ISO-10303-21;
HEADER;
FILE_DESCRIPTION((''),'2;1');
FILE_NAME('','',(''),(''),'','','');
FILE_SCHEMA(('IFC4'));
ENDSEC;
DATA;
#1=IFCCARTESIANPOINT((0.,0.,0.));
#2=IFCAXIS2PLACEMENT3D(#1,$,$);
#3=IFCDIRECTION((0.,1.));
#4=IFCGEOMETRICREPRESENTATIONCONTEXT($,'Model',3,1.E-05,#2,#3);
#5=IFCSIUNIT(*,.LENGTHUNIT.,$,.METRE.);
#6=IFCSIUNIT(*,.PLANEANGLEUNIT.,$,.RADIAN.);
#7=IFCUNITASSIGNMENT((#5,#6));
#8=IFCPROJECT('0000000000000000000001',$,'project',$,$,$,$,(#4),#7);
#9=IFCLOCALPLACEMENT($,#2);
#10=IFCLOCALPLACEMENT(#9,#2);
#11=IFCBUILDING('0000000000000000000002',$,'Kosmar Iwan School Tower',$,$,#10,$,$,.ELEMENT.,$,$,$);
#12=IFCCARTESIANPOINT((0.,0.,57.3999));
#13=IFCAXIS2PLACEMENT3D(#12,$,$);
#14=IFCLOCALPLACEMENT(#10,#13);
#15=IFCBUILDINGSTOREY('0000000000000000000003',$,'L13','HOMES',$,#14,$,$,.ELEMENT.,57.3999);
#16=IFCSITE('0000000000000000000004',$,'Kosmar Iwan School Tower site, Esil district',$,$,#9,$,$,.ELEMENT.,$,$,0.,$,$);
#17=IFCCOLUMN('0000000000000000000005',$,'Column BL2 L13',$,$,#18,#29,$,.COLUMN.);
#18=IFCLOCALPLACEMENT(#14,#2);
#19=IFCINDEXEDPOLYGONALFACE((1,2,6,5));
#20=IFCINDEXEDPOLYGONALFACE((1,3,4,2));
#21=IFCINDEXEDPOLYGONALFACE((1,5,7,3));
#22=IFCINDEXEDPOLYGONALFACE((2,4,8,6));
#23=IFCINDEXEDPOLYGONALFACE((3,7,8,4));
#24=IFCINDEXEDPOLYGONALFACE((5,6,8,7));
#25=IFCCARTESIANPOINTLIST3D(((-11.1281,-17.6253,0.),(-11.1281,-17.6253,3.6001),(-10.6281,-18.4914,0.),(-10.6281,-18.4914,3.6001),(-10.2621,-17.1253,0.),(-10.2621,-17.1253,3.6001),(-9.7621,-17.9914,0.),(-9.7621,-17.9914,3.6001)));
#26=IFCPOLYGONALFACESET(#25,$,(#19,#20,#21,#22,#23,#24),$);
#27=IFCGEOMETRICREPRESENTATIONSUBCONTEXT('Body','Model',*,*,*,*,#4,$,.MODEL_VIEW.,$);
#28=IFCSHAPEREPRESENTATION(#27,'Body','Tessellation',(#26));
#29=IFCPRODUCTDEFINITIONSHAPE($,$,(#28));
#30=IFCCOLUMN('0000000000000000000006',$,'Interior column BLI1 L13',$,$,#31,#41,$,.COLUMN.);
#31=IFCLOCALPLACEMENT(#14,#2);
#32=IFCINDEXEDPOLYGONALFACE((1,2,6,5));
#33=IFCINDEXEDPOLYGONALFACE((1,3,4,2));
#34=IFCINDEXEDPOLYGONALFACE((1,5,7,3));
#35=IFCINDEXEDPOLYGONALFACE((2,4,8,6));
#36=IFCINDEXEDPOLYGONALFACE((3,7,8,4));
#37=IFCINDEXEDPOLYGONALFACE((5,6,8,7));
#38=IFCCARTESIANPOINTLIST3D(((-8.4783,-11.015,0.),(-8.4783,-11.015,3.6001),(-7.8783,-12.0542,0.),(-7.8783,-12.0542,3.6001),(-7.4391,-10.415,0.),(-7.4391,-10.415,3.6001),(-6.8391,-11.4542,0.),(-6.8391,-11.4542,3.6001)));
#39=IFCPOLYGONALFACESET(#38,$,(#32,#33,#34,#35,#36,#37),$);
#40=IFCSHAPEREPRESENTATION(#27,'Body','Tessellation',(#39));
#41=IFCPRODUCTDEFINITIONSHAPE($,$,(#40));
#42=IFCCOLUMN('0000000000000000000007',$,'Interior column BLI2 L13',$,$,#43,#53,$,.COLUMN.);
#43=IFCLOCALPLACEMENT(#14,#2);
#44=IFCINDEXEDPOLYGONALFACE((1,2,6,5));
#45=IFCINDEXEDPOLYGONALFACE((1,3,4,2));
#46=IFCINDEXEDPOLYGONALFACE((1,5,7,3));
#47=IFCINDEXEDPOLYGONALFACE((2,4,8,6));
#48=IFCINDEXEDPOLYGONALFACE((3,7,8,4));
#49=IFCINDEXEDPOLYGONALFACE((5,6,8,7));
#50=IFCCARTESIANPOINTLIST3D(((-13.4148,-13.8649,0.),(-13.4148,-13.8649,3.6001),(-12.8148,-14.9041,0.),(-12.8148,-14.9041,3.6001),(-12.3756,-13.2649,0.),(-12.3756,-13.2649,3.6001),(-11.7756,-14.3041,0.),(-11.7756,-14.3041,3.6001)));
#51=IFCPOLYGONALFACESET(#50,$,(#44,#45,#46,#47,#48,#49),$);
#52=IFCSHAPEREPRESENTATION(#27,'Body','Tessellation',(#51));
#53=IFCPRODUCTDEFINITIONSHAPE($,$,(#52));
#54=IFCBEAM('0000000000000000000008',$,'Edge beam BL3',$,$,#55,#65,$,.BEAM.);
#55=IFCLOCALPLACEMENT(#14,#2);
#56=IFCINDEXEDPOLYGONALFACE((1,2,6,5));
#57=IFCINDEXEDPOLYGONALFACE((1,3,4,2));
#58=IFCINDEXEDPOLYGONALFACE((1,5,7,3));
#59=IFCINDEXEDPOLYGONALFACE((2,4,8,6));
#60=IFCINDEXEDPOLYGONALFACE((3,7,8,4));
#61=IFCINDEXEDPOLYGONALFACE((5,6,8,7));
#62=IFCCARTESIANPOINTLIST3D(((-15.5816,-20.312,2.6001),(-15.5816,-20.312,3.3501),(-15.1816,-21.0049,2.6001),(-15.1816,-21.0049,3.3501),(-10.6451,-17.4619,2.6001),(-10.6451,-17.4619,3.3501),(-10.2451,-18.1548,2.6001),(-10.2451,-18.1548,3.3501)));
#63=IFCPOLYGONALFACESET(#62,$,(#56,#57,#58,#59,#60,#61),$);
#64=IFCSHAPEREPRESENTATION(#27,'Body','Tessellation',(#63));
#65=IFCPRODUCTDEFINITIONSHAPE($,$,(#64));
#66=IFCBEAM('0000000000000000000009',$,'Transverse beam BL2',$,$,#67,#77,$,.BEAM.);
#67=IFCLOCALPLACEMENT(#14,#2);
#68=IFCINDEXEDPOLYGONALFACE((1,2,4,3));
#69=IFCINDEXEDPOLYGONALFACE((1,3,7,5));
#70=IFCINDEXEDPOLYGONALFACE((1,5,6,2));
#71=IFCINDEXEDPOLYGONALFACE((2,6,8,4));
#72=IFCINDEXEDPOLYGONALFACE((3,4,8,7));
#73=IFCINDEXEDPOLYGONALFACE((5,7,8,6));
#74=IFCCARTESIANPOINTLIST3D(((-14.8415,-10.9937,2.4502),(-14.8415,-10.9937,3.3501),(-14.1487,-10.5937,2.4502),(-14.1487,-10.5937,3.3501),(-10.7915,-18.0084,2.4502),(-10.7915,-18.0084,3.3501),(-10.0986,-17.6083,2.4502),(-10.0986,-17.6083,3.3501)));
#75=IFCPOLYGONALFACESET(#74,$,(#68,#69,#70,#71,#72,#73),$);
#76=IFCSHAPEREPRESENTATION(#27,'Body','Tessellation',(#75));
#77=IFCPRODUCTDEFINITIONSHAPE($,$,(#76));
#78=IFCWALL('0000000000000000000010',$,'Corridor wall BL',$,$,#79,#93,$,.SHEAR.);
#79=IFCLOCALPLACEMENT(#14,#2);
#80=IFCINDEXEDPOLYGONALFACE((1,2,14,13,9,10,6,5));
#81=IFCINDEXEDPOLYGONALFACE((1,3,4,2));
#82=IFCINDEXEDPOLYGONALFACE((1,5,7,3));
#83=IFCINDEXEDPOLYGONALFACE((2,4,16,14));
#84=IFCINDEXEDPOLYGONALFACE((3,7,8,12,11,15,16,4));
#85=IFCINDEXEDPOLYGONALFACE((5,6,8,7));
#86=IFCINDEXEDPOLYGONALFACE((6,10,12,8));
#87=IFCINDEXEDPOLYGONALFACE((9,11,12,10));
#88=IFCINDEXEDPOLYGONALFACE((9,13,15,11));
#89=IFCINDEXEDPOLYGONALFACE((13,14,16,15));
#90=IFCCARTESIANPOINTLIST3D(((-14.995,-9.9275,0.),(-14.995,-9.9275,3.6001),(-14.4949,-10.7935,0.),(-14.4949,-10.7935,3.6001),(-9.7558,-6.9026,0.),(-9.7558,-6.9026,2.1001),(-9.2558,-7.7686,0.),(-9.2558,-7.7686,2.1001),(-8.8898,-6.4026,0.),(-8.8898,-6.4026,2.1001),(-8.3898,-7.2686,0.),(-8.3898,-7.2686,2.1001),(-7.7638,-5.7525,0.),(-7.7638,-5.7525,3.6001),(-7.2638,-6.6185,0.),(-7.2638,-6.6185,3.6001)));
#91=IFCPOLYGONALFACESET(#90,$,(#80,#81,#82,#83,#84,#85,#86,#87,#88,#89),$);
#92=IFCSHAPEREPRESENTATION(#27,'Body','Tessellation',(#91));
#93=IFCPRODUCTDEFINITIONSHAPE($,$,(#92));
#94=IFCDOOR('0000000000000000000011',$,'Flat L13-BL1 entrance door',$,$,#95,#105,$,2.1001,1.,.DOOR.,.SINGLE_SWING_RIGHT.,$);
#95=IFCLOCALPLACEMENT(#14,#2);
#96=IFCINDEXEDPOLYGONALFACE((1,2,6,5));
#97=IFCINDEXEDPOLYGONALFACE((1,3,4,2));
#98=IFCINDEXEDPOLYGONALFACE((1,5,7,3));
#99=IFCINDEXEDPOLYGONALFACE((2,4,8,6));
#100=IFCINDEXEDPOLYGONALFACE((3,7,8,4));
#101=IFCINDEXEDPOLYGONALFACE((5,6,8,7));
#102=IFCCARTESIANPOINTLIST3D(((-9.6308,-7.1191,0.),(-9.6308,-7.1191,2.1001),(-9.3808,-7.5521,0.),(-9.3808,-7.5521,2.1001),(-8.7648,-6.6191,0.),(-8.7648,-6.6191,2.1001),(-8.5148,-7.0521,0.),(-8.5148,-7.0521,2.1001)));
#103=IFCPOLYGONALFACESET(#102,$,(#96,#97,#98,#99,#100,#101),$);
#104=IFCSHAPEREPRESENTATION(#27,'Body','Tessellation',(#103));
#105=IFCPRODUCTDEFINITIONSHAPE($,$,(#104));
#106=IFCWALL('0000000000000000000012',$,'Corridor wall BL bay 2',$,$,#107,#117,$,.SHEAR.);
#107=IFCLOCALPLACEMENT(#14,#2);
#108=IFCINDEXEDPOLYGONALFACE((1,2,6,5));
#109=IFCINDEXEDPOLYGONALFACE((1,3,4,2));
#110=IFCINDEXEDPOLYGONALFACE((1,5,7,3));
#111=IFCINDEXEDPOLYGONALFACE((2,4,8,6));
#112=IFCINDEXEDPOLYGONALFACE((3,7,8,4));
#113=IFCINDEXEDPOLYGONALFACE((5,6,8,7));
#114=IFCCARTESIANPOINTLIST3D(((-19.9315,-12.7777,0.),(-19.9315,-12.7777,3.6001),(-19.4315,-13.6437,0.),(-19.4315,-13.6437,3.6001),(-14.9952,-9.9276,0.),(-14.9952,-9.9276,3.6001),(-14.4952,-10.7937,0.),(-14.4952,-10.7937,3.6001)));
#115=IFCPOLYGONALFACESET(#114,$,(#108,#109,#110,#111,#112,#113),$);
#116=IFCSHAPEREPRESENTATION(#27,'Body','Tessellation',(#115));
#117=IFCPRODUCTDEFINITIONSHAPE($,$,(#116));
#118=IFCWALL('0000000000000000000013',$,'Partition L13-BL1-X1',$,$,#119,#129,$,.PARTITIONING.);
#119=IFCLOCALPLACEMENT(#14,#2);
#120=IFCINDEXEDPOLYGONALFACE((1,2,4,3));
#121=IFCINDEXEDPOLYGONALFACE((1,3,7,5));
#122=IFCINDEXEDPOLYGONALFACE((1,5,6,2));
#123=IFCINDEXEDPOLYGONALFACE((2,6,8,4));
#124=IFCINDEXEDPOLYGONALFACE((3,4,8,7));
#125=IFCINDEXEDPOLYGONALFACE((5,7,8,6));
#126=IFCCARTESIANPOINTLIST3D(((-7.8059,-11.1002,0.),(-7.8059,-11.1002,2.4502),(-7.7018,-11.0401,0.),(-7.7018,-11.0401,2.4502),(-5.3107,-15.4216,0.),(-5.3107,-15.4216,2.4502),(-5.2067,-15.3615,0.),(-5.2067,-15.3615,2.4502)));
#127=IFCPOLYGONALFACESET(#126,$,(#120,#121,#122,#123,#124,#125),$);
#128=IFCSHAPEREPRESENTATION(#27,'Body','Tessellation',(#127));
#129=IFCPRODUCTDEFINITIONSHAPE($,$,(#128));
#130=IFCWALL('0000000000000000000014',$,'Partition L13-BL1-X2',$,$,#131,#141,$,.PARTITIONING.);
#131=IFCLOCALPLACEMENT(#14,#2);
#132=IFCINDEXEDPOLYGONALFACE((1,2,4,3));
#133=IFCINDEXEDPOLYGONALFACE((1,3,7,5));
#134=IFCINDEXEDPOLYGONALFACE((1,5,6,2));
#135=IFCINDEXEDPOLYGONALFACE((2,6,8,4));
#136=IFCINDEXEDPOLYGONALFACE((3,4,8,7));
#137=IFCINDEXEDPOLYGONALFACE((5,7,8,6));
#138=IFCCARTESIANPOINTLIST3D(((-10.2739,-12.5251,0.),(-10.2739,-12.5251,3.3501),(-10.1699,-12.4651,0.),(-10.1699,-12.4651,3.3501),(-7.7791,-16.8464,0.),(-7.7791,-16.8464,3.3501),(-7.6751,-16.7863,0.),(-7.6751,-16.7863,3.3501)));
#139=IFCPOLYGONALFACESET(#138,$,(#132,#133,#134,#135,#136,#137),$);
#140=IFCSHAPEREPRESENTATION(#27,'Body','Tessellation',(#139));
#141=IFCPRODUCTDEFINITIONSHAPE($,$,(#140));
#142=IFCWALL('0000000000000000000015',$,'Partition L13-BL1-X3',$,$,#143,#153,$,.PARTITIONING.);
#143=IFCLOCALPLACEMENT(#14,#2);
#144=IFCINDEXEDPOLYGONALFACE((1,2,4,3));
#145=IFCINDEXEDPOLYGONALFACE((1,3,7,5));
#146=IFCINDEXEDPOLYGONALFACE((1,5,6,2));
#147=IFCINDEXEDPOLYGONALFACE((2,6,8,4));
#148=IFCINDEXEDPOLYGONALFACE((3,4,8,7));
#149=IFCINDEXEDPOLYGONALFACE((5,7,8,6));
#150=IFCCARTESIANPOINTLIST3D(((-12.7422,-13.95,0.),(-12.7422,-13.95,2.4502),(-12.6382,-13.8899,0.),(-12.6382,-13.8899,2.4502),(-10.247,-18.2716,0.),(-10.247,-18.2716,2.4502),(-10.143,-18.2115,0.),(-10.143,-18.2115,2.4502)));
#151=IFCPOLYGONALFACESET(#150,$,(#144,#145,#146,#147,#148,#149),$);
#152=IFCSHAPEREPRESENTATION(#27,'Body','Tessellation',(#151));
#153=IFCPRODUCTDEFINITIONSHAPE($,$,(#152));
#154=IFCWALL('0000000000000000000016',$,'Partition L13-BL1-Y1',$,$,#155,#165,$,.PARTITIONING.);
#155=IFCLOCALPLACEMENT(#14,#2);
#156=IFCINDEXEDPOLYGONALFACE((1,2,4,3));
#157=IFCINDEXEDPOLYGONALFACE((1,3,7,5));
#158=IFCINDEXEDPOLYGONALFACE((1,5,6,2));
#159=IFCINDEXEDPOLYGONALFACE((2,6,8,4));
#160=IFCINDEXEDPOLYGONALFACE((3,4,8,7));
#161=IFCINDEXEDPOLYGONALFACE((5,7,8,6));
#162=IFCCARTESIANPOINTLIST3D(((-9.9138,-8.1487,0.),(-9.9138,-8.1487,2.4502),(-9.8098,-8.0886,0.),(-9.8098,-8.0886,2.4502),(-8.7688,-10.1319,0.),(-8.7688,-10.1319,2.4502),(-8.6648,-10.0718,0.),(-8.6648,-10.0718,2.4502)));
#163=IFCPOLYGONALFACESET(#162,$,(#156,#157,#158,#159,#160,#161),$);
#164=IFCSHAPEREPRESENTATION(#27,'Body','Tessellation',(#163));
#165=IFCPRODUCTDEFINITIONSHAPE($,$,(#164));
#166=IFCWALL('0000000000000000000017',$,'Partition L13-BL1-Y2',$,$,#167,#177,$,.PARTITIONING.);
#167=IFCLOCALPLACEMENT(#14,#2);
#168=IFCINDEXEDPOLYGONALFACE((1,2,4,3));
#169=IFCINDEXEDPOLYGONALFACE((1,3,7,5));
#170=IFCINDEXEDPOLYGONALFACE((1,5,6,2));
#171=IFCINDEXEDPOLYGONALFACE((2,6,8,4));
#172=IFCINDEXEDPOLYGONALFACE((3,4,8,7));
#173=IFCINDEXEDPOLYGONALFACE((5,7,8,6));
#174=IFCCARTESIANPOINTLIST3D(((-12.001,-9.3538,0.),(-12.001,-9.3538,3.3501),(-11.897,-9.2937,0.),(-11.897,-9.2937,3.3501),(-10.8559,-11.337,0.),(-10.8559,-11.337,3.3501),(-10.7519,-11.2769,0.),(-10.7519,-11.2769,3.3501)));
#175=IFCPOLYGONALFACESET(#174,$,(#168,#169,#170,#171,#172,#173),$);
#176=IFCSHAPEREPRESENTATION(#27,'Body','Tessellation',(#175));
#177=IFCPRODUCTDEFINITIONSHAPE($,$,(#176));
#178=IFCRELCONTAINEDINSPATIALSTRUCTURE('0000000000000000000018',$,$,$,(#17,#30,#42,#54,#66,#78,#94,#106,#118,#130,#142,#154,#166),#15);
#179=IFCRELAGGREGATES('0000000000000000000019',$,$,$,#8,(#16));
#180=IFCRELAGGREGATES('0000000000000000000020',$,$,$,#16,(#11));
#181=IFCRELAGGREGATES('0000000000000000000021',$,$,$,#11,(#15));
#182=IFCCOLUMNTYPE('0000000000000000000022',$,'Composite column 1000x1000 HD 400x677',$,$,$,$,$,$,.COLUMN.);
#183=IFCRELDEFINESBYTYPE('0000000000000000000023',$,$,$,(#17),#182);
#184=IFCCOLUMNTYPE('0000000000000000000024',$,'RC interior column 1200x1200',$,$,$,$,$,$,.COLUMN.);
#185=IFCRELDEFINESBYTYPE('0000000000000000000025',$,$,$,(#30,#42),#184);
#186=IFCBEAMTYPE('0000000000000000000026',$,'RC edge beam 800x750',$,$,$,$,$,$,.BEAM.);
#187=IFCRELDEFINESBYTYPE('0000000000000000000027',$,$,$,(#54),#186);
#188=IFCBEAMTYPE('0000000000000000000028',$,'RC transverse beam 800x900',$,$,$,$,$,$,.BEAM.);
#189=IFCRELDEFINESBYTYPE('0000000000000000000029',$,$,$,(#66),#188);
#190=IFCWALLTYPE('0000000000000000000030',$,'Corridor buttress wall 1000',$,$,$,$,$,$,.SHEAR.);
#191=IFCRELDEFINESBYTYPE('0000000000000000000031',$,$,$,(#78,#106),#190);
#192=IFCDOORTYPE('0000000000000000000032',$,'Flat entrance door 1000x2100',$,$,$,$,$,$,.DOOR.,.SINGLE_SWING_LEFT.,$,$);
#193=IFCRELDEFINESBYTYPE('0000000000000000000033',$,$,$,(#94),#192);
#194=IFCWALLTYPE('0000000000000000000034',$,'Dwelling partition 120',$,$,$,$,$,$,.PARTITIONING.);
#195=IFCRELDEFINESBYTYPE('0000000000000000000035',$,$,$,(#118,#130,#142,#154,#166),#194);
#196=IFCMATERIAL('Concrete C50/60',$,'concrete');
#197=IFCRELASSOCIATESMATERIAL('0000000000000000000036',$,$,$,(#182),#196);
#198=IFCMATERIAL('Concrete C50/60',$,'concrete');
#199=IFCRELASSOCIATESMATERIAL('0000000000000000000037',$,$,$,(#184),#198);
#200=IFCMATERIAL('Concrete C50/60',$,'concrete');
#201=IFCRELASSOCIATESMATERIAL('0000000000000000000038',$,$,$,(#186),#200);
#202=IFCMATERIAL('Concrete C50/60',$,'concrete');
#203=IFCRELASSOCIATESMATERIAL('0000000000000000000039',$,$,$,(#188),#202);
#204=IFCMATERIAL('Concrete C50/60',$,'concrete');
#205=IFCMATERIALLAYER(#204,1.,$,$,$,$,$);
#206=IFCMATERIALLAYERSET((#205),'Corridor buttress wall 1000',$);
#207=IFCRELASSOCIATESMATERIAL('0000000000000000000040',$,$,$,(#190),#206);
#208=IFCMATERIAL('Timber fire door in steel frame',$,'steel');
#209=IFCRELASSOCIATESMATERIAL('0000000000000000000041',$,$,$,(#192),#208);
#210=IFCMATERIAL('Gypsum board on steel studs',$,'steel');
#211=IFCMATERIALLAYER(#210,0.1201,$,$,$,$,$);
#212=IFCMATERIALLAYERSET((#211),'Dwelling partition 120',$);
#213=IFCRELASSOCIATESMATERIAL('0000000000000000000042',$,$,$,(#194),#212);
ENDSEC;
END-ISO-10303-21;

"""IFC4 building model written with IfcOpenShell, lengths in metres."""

from ifc_helpers import new_model, si_unit, direction, frame, frame_2d, origin, origin_2d, place, context, subcontext, project, spatial, rectangle, extrude, material, layer, layer_set, material_profile, profile_set, type_object, element, fill, save


model = new_model("IFC4")

# Units and contexts
model_context = context("Model", 3, precision=1e-05, world=origin(), true_north=direction((0.0, 1.0)))
body_context = subcontext(model_context, "Body", "Model", "MODEL_VIEW")
ifc_project = project(units=[si_unit("LENGTHUNIT", "METRE"), si_unit("PLANEANGLEUNIT", "RADIAN")], contexts=[model_context])

# Site, building, storey
site_placement = place(None, origin())
site = spatial("IfcSite", under=ifc_project, at=site_placement, Name="Kosmar Iwan School Tower site, Esil district", CompositionType="ELEMENT", RefElevation=0.0)
building_placement = place(site_placement, origin())
building = spatial("IfcBuilding", under=site, at=building_placement, Name="Kosmar Iwan School Tower", CompositionType="ELEMENT")
storey_placement = place(building_placement, frame((0.0, 0.0, 57.3999)))
storey = spatial("IfcBuildingStorey", under=building, at=storey_placement, Name="L13", Description="HOMES", CompositionType="ELEMENT", Elevation=57.3999)

# Columns
ifc_material_1 = material(Name="Concrete C50/60", Category="concrete")
ifc_material_profile_1 = material_profile(ifc_material_1, rectangle(XDim=1.0, YDim=1.0, at=origin_2d()), Name="RC 1000x1000 + HD 400x677")
ifc_profile_set_1 = profile_set([ifc_material_profile_1], Name="Concrete C50/60")
column_type_1 = type_object("IfcColumnType", Name="Composite column 1000x1000 HD 400x677", PredefinedType="COLUMN", material=ifc_profile_set_1)
column_placement = place(storey_placement, frame((-10.4451, -17.8083, 0.0), z_axis=(0.0, 0.0, 1.0), x_axis=(-0.866025, -0.5, 0.0)))
element("IfcColumn", 1, at=column_placement, inside=storey, type_object=column_type_1, Name="Column BL2 L13", PredefinedType="COLUMN", context=body_context, shape_type="SweptSolid", body=[
    extrude(rectangle(XDim=1.0, YDim=1.0, at=origin_2d()), origin(), (0.0, 0.0, 1.0), 3.6001),
])
ifc_material_2 = material(Name="Concrete C50/60", Category="concrete")
ifc_material_profile_2 = material_profile(ifc_material_2, rectangle(XDim=1.2, YDim=1.2, at=origin_2d()), Name="RC 1200x1200")
ifc_profile_set_2 = profile_set([ifc_material_profile_2], Name="Concrete C50/60")
column_type_2 = type_object("IfcColumnType", Name="RC interior column 1200x1200", PredefinedType="COLUMN", material=ifc_profile_set_2)
for number, where, z_axis, x_axis, name in (
    (2, (-7.6587, -11.2346, 0.0), (0.0, 0.0, 1.0), (-0.866025, -0.5, 0.0), "Interior column BLI1 L13"),
    (3, (-12.5952, -14.0845, 0.0), (0.0, 0.0, 1.0), (-0.866025, -0.5, 0.0), "Interior column BLI2 L13"),
):
    element("IfcColumn", number, at=place(storey_placement, frame(where, z_axis=z_axis, x_axis=x_axis)), inside=storey, type_object=column_type_2, Name=name, PredefinedType="COLUMN", context=body_context, shape_type="SweptSolid", body=[
        extrude(rectangle(XDim=1.2, YDim=1.2, at=origin_2d()), origin(), (0.0, 0.0, 1.0), 3.6001),
    ])

# Beams
ifc_material_3 = material(Name="Concrete C50/60", Category="concrete")
ifc_material_profile_3 = material_profile(ifc_material_3, rectangle(XDim=0.8, YDim=0.75, at=origin_2d()), Name="RC 800x750")
ifc_profile_set_3 = profile_set([ifc_material_profile_3], Name="Concrete C50/60")
beam_type_1 = type_object("IfcBeamType", Name="RC edge beam 800x750", PredefinedType="BEAM", material=ifc_profile_set_3)
beam_1_placement = place(storey_placement, frame((-10.4451, -17.8083, 2.9751), z_axis=(-0.866026, -0.499999, 0.0), x_axis=(0.499999, -0.866026, 0.0)))
element("IfcBeam", 4, at=beam_1_placement, inside=storey, type_object=beam_type_1, Name="Edge beam BL3", PredefinedType="BEAM", context=body_context, shape_type="SweptSolid", body=[
    extrude(rectangle(XDim=0.8, YDim=0.75, at=origin_2d()), origin(), (0.0, 0.0, 1.0), 5.7002),
])
ifc_material_4 = material(Name="Concrete C50/60", Category="concrete")
ifc_material_profile_4 = material_profile(ifc_material_4, rectangle(XDim=0.8, YDim=0.8999, at=origin_2d()), Name="RC 800x900")
ifc_profile_set_4 = profile_set([ifc_material_profile_4], Name="Concrete C50/60")
beam_type_2 = type_object("IfcBeamType", Name="RC transverse beam 800x900", PredefinedType="BEAM", material=ifc_profile_set_4)
beam_2_placement = place(storey_placement, frame((-10.4451, -17.8083, 2.9001), z_axis=(-0.500013, 0.866018, 0.0), x_axis=(-0.866018, -0.500013, 0.0)))
element("IfcBeam", 5, at=beam_2_placement, inside=storey, type_object=beam_type_2, Name="Transverse beam BL2", PredefinedType="BEAM", context=body_context, shape_type="SweptSolid", body=[
    extrude(rectangle(XDim=0.8, YDim=0.8999, at=origin_2d()), origin(), (0.0, 0.0, 1.0), 8.0999),
])

# Wall, opening, door
ifc_material_5 = material(Name="Concrete C50/60", Category="concrete")
ifc_layer_1 = layer(ifc_material_5, 1.0)
ifc_layer_set_1 = layer_set([ifc_layer_1], Name="Corridor buttress wall 1000")
wall_type_1 = type_object("IfcWallType", Name="Corridor buttress wall 1000", PredefinedType="SHEAR", material=ifc_layer_set_1)
wall_1_placement = place(storey_placement, frame((-7.5139, -6.1855, 0.0), z_axis=(0.0, 0.0, 1.0), x_axis=(-0.86602, -0.50001, 0.0)))
wall_1 = element("IfcWall", 6, at=wall_1_placement, inside=storey, type_object=wall_type_1, Name="Corridor wall BL", PredefinedType="SHEAR", context=body_context, shape_type="SweptSolid", body=[
    extrude(rectangle(XDim=8.3499, YDim=1.0, at=frame_2d((4.1748, 0.0))), origin(), (0.0, 0.0, 1.0), 3.6001),
])
opening_placement = place(wall_1_placement, frame((1.3, 0.0, 0.0)))
opening = element("IfcOpeningElement", 7, at=opening_placement, cuts=wall_1, PredefinedType="OPENING", context=body_context, shape_type="SweptSolid", body=[
    extrude(rectangle(XDim=1.0, YDim=2.1001, at=frame_2d((0.5, 1.05))), frame((0.0, 0.512, 0.0), z_axis=(0.0, -1.0, 0.0), x_axis=(1.0, 0.0, 0.0)), (0.0, 0.0, 1.0), 1.0239),
])
ifc_material_6 = material(Name="Timber fire door in steel frame", Category="steel")
door_type = type_object("IfcDoorType", Name="Flat entrance door 1000x2100", OperationType="SINGLE_SWING_LEFT", PredefinedType="DOOR", material=ifc_material_6)
door_placement = place(opening_placement, origin())
door = element("IfcDoor", 8, at=door_placement, inside=storey, type_object=door_type, Name="Flat L13-BL1 entrance door", OperationType="SINGLE_SWING_RIGHT", OverallHeight=2.1001, OverallWidth=1.0, PredefinedType="DOOR", context=body_context, shape_type="SweptSolid", body=[
    extrude(rectangle(XDim=1.0, YDim=2.1001, at=frame_2d((0.5, 1.05))), frame((0.0, 0.25, 0.0), z_axis=(0.0, -1.0, 0.0), x_axis=(1.0, 0.0, 0.0)), (0.0, 0.0, 1.0), 0.5),
])
fill(opening, door)

# Walls
wall_2_placement = place(storey_placement, frame((-14.7451, -10.3606, 0.0), z_axis=(0.0, 0.0, 1.0), x_axis=(-0.866015, -0.500018, 0.0)))
element("IfcWall", 9, at=wall_2_placement, inside=storey, type_object=wall_type_1, Name="Corridor wall BL bay 2", PredefinedType="SHEAR", context=body_context, shape_type="SweptSolid", body=[
    extrude(rectangle(XDim=5.7, YDim=1.0, at=frame_2d((2.8501, 0.0))), origin(), (0.0, 0.0, 1.0), 3.6001),
])
ifc_material_7 = material(Name="Gypsum board on steel studs", Category="steel")
ifc_layer_2 = layer(ifc_material_7, 0.1201)
ifc_layer_set_2 = layer_set([ifc_layer_2], Name="Dwelling partition 120")
wall_type_2 = type_object("IfcWallType", Name="Dwelling partition 120", PredefinedType="PARTITIONING", material=ifc_layer_set_2)
wall_3_placement = place(storey_placement, frame((-7.7539, -11.0701, 0.0), z_axis=(0.0, 0.0, 1.0), x_axis=(0.500033, -0.866006, 0.0)))
element("IfcWall", 10, at=wall_3_placement, inside=storey, type_object=wall_type_2, Name="Partition L13-BL1-X1", PredefinedType="PARTITIONING", context=body_context, shape_type="SweptSolid", body=[
    extrude(rectangle(XDim=4.99, YDim=0.1201, at=frame_2d((2.4951, 0.0))), origin(), (0.0, 0.0, 1.0), 2.4502),
])
wall_4_placement = place(storey_placement, frame((-10.2219, -12.4951, 0.0), z_axis=(0.0, 0.0, 1.0), x_axis=(0.499996, -0.866028, 0.0)))
element("IfcWall", 11, at=wall_4_placement, inside=storey, type_object=wall_type_2, Name="Partition L13-BL1-X2", PredefinedType="PARTITIONING", context=body_context, shape_type="SweptSolid", body=[
    extrude(rectangle(XDim=4.9897, YDim=0.1201, at=frame_2d((2.4949, 0.0))), origin(), (0.0, 0.0, 1.0), 3.3501),
])
wall_5_placement = place(storey_placement, frame((-12.6902, -13.9199, 0.0), z_axis=(0.0, 0.0, 1.0), x_axis=(0.500012, -0.866019, 0.0)))
element("IfcWall", 12, at=wall_5_placement, inside=storey, type_object=wall_type_2, Name="Partition L13-BL1-X3", PredefinedType="PARTITIONING", context=body_context, shape_type="SweptSolid", body=[
    extrude(rectangle(XDim=4.9902, YDim=0.1201, at=frame_2d((2.4951, 0.0))), origin(), (0.0, 0.0, 1.0), 2.4502),
])
wall_6_placement = place(storey_placement, frame((-9.8618, -8.1187, 0.0), z_axis=(0.0, 0.0, 1.0), x_axis=(0.500015, -0.866017, 0.0)))
element("IfcWall", 13, at=wall_6_placement, inside=storey, type_object=wall_type_2, Name="Partition L13-BL1-Y1", PredefinedType="PARTITIONING", context=body_context, shape_type="SweptSolid", body=[
    extrude(rectangle(XDim=2.29, YDim=0.1201, at=frame_2d((1.145, 0.0))), origin(), (0.0, 0.0, 1.0), 2.4502),
])
for number, where, z_axis, x_axis, name in (
    (14, (-11.949, -9.3237, 0.0), (0.0, 0.0, 1.0), (0.500015, -0.866017, 0.0), "Partition L13-BL1-Y2"),
):
    element("IfcWall", number, at=place(storey_placement, frame(where, z_axis=z_axis, x_axis=x_axis)), inside=storey, type_object=wall_type_2, Name=name, PredefinedType="PARTITIONING", context=body_context, shape_type="SweptSolid", body=[
        extrude(rectangle(XDim=2.29, YDim=0.1201, at=frame_2d((1.145, 0.0))), origin(), (0.0, 0.0, 1.0), 3.3501),
    ])

save(model, "model.ifc")
